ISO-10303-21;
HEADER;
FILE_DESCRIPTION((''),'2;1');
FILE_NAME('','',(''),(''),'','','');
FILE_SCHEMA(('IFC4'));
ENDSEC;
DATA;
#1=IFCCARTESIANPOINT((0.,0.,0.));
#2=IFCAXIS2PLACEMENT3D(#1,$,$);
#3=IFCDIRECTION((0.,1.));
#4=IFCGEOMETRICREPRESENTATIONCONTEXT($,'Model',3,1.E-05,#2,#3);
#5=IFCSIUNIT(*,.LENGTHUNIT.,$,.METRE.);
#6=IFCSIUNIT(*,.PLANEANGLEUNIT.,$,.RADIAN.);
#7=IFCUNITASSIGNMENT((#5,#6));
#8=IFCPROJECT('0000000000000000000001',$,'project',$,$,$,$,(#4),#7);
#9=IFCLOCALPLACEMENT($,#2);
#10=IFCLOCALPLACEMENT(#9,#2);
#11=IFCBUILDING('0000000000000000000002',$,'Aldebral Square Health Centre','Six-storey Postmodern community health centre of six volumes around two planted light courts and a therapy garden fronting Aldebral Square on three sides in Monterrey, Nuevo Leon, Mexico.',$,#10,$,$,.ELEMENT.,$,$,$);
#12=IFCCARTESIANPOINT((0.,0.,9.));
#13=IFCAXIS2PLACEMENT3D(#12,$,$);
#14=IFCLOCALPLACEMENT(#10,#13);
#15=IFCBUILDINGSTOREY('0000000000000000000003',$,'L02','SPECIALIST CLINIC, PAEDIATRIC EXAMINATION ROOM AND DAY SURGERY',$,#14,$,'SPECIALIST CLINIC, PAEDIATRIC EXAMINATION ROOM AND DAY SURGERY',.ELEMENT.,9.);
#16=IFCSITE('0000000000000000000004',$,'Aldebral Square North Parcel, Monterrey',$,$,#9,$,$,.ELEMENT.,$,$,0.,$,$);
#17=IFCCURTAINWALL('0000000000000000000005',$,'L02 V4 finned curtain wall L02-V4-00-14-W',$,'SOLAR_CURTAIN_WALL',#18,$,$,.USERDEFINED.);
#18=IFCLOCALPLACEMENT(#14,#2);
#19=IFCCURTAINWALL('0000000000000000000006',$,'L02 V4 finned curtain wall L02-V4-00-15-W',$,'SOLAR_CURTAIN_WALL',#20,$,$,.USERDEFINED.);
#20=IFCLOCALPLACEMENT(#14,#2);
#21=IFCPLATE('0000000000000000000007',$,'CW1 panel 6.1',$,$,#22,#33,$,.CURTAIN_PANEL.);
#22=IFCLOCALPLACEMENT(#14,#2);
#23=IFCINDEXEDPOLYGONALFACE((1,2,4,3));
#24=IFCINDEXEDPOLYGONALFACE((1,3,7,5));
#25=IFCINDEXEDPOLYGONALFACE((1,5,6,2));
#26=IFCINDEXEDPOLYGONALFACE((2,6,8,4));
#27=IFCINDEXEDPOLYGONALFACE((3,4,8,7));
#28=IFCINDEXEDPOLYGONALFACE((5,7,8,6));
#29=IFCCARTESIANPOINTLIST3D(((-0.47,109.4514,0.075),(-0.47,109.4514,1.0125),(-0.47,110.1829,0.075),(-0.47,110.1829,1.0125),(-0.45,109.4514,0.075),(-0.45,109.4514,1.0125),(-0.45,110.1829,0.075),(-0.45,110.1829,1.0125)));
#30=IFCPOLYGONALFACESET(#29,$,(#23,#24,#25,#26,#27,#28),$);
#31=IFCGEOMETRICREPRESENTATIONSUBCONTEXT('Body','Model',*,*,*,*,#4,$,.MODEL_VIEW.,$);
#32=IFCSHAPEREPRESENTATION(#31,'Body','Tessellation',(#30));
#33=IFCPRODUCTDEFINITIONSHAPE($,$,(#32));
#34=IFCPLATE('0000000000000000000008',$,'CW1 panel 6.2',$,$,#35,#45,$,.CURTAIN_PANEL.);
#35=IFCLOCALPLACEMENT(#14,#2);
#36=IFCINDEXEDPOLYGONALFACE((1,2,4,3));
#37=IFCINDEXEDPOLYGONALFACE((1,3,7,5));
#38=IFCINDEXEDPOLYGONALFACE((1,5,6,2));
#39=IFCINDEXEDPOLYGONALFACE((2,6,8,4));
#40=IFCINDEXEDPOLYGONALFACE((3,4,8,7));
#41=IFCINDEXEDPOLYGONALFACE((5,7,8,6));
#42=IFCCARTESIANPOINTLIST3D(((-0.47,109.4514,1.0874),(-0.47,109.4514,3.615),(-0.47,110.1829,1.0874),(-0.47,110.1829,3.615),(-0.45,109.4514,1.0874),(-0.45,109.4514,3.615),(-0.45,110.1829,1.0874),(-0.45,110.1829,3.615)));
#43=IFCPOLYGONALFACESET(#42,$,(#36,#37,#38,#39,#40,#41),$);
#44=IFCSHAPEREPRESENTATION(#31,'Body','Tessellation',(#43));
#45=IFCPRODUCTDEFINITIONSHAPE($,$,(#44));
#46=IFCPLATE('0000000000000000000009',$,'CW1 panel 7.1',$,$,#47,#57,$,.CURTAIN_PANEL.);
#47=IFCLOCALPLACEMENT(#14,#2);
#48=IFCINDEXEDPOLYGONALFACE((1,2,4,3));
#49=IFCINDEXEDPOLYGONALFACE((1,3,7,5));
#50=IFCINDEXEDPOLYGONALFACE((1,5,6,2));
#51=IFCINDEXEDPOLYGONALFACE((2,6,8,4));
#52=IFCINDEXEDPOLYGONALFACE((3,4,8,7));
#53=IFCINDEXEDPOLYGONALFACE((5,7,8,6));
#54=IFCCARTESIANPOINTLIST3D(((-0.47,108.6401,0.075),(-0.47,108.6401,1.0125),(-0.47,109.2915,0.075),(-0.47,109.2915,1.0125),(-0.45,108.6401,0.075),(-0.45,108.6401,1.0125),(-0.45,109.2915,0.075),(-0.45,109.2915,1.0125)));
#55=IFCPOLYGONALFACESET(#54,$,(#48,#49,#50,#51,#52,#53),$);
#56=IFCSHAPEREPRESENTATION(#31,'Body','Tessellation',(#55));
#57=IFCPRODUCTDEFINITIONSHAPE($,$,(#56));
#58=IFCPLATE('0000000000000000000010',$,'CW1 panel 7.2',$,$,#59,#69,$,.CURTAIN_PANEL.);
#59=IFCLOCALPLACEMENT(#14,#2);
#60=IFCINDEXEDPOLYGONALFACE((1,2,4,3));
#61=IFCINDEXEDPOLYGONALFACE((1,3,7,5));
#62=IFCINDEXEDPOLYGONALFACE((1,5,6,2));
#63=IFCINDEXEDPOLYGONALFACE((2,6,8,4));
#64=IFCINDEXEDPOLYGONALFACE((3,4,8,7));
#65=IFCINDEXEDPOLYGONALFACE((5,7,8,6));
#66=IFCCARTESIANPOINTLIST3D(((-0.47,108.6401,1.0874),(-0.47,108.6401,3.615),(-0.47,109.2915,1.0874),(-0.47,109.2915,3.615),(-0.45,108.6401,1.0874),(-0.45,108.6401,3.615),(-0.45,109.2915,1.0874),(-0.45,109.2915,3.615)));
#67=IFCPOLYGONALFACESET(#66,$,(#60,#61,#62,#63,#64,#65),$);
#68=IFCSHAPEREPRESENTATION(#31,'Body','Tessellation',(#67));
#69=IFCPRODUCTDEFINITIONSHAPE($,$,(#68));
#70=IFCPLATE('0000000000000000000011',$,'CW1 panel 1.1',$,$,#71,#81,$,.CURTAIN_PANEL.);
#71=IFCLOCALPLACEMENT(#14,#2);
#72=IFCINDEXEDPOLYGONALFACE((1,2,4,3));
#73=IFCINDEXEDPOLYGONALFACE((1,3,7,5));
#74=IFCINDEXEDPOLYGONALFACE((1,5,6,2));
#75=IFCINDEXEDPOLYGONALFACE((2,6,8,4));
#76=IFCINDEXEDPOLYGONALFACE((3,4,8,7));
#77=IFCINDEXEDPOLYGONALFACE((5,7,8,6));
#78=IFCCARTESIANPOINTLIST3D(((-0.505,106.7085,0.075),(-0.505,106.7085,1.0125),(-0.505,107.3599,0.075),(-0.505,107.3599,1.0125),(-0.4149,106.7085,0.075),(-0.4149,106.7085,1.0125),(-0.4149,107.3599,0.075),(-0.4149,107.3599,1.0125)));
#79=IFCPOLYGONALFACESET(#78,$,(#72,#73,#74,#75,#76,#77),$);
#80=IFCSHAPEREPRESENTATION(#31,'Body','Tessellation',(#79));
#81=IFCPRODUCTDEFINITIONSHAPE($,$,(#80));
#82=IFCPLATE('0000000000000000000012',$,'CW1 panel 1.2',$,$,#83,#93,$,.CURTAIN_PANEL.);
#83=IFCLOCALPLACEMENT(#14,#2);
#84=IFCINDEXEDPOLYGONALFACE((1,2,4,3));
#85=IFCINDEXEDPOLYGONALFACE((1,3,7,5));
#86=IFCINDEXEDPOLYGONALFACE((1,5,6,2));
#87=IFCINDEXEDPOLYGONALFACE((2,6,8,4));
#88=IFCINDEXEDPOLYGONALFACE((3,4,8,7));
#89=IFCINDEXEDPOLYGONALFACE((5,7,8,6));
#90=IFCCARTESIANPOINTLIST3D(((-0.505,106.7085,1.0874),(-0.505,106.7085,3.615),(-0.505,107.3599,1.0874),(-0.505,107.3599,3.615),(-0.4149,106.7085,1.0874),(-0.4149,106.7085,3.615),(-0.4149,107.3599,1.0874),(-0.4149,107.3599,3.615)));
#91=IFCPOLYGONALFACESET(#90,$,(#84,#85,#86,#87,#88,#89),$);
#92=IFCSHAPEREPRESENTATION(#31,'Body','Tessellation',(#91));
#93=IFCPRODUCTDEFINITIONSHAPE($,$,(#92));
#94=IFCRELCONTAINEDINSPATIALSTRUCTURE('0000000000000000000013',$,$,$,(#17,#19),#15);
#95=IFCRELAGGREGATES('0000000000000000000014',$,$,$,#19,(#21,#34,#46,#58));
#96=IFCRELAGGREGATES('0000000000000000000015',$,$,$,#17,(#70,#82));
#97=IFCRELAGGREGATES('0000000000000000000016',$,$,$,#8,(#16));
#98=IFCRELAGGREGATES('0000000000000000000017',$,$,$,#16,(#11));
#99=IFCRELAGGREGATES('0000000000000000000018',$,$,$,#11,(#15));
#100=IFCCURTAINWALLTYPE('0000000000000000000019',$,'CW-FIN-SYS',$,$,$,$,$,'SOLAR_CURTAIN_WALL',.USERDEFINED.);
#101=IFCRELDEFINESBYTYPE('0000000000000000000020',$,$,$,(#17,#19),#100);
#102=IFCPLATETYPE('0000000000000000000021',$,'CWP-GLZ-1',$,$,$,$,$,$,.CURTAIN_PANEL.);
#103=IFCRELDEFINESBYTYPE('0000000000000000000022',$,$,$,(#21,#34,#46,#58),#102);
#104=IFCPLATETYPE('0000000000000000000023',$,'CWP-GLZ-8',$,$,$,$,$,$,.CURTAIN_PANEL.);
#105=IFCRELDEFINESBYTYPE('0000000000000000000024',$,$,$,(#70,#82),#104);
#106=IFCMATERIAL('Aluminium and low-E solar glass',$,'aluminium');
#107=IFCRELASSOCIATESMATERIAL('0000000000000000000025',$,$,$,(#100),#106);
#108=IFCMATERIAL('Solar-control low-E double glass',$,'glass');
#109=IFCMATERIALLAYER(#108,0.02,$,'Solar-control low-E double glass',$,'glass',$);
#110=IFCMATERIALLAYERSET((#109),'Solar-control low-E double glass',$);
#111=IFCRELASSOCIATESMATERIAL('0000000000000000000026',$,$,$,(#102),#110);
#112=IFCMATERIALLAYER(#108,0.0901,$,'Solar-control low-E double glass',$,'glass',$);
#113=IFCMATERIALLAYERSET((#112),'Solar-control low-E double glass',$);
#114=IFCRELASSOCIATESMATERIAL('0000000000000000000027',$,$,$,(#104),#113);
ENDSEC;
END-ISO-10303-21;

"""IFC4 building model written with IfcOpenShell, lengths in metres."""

from ifc_helpers import new_model, si_unit, direction, frame, origin, origin_2d, place, context, subcontext, project, spatial, rectangle, extrude, material, layer, layer_set, type_object, element, aggregate, save


model = new_model("IFC4")

# Units and contexts
model_context = context("Model", 3, precision=1e-05, world=origin(), true_north=direction((0.0, 1.0)))
body_context = subcontext(model_context, "Body", "Model", "MODEL_VIEW")
ifc_project = project(units=[si_unit("LENGTHUNIT", "METRE"), si_unit("PLANEANGLEUNIT", "RADIAN")], contexts=[model_context])

# Site, building, storey
site_placement = place(None, origin())
site = spatial("IfcSite", under=ifc_project, at=site_placement, Name="Aldebral Square North Parcel, Monterrey", CompositionType="ELEMENT", RefElevation=0.0)
building_placement = place(site_placement, origin())
building = spatial("IfcBuilding", under=site, at=building_placement, Name="Aldebral Square Health Centre", Description="Six-storey Postmodern community health centre of six volumes around two planted light courts and a therapy garden fronting Aldebral Square on three sides in Monterrey, Nuevo Leon, Mexico.", CompositionType="ELEMENT")
storey_placement = place(building_placement, frame((0.0, 0.0, 9.0)))
storey = spatial("IfcBuildingStorey", under=building, at=storey_placement, Name="L02", Description="SPECIALIST CLINIC, PAEDIATRIC EXAMINATION ROOM AND DAY SURGERY", LongName="SPECIALIST CLINIC, PAEDIATRIC EXAMINATION ROOM AND DAY SURGERY", CompositionType="ELEMENT", Elevation=9.0)

# Curtain walls
ifc_material_1 = material(Name="Aluminium and low-E solar glass", Category="aluminium")
curtain_wall_type = type_object("IfcCurtainWallType", Name="CW-FIN-SYS", ElementType="SOLAR_CURTAIN_WALL", PredefinedType="USERDEFINED", material=ifc_material_1)
curtain_wall_1_placement = place(storey_placement, origin())
curtain_wall_1 = element("IfcCurtainWall", 1, at=curtain_wall_1_placement, inside=storey, type_object=curtain_wall_type, Name="L02 V4 finned curtain wall L02-V4-00-14-W", ObjectType="SOLAR_CURTAIN_WALL", PredefinedType="USERDEFINED")
curtain_wall_2_placement = place(storey_placement, origin())
curtain_wall_2 = element("IfcCurtainWall", 2, at=curtain_wall_2_placement, inside=storey, type_object=curtain_wall_type, Name="L02 V4 finned curtain wall L02-V4-00-15-W", ObjectType="SOLAR_CURTAIN_WALL", PredefinedType="USERDEFINED")

# Plates
ifc_material_2 = material(Name="Solar-control low-E double glass", Category="glass")
ifc_layer_1 = layer(ifc_material_2, 0.02, Name="Solar-control low-E double glass", Category="glass")
ifc_layer_set_1 = layer_set([ifc_layer_1], Name="Solar-control low-E double glass")
plate_type_1 = type_object("IfcPlateType", Name="CWP-GLZ-1", PredefinedType="CURTAIN_PANEL", material=ifc_layer_set_1)
plate_1_placement = place(storey_placement, frame((-0.46, 109.8171, 0.075), z_axis=(0.0, 0.0, 1.0), x_axis=(0.0, -1.0, 0.0)))
plate_1 = element("IfcPlate", 3, at=plate_1_placement, type_object=plate_type_1, Name="CW1 panel 6.1", PredefinedType="CURTAIN_PANEL", context=body_context, shape_type="SweptSolid", body=[
    extrude(rectangle(XDim=0.7314, YDim=0.02, at=origin_2d()), origin(), (0.0, 0.0, 1.0), 0.9375),
])
plate_2_placement = place(storey_placement, frame((-0.46, 109.8171, 1.0874), z_axis=(0.0, 0.0, 1.0), x_axis=(0.0, -1.0, 0.0)))
plate_2 = element("IfcPlate", 4, at=plate_2_placement, type_object=plate_type_1, Name="CW1 panel 6.2", PredefinedType="CURTAIN_PANEL", context=body_context, shape_type="SweptSolid", body=[
    extrude(rectangle(XDim=0.7314, YDim=0.02, at=origin_2d()), origin(), (0.0, 0.0, 1.0), 2.5276),
])
plate_3_placement = place(storey_placement, frame((-0.46, 108.9658, 0.075), z_axis=(0.0, 0.0, 1.0), x_axis=(0.0, -1.0, 0.0)))
plate_3 = element("IfcPlate", 5, at=plate_3_placement, type_object=plate_type_1, Name="CW1 panel 7.1", PredefinedType="CURTAIN_PANEL", context=body_context, shape_type="SweptSolid", body=[
    extrude(rectangle(XDim=0.6514, YDim=0.02, at=origin_2d()), origin(), (0.0, 0.0, 1.0), 0.9375),
])
plate_4_placement = place(storey_placement, frame((-0.46, 108.9658, 1.0874), z_axis=(0.0, 0.0, 1.0), x_axis=(0.0, -1.0, 0.0)))
plate_4 = element("IfcPlate", 6, at=plate_4_placement, type_object=plate_type_1, Name="CW1 panel 7.2", PredefinedType="CURTAIN_PANEL", context=body_context, shape_type="SweptSolid", body=[
    extrude(rectangle(XDim=0.6514, YDim=0.02, at=origin_2d()), origin(), (0.0, 0.0, 1.0), 2.5276),
])
aggregate(curtain_wall_2, [plate_1, plate_2, plate_3, plate_4])
ifc_layer_2 = layer(ifc_material_2, 0.0901, Name="Solar-control low-E double glass", Category="glass")
ifc_layer_set_2 = layer_set([ifc_layer_2], Name="Solar-control low-E double glass")
plate_type_2 = type_object("IfcPlateType", Name="CWP-GLZ-8", PredefinedType="CURTAIN_PANEL", material=ifc_layer_set_2)
plate_5_placement = place(storey_placement, frame((-0.46, 107.0342, 0.075), z_axis=(0.0, 0.0, 1.0), x_axis=(0.0, -1.0, 0.0)))
plate_5 = element("IfcPlate", 7, at=plate_5_placement, type_object=plate_type_2, Name="CW1 panel 1.1", PredefinedType="CURTAIN_PANEL", context=body_context, shape_type="SweptSolid", body=[
    extrude(rectangle(XDim=0.6514, YDim=0.0901, at=origin_2d()), origin(), (0.0, 0.0, 1.0), 0.9375),
])
plate_6_placement = place(storey_placement, frame((-0.46, 107.0342, 1.0874), z_axis=(0.0, 0.0, 1.0), x_axis=(0.0, -1.0, 0.0)))
plate_6 = element("IfcPlate", 8, at=plate_6_placement, type_object=plate_type_2, Name="CW1 panel 1.2", PredefinedType="CURTAIN_PANEL", context=body_context, shape_type="SweptSolid", body=[
    extrude(rectangle(XDim=0.6514, YDim=0.0901, at=origin_2d()), origin(), (0.0, 0.0, 1.0), 2.5276),
])
aggregate(curtain_wall_1, [plate_5, plate_6])

save(model, "model.ifc")
